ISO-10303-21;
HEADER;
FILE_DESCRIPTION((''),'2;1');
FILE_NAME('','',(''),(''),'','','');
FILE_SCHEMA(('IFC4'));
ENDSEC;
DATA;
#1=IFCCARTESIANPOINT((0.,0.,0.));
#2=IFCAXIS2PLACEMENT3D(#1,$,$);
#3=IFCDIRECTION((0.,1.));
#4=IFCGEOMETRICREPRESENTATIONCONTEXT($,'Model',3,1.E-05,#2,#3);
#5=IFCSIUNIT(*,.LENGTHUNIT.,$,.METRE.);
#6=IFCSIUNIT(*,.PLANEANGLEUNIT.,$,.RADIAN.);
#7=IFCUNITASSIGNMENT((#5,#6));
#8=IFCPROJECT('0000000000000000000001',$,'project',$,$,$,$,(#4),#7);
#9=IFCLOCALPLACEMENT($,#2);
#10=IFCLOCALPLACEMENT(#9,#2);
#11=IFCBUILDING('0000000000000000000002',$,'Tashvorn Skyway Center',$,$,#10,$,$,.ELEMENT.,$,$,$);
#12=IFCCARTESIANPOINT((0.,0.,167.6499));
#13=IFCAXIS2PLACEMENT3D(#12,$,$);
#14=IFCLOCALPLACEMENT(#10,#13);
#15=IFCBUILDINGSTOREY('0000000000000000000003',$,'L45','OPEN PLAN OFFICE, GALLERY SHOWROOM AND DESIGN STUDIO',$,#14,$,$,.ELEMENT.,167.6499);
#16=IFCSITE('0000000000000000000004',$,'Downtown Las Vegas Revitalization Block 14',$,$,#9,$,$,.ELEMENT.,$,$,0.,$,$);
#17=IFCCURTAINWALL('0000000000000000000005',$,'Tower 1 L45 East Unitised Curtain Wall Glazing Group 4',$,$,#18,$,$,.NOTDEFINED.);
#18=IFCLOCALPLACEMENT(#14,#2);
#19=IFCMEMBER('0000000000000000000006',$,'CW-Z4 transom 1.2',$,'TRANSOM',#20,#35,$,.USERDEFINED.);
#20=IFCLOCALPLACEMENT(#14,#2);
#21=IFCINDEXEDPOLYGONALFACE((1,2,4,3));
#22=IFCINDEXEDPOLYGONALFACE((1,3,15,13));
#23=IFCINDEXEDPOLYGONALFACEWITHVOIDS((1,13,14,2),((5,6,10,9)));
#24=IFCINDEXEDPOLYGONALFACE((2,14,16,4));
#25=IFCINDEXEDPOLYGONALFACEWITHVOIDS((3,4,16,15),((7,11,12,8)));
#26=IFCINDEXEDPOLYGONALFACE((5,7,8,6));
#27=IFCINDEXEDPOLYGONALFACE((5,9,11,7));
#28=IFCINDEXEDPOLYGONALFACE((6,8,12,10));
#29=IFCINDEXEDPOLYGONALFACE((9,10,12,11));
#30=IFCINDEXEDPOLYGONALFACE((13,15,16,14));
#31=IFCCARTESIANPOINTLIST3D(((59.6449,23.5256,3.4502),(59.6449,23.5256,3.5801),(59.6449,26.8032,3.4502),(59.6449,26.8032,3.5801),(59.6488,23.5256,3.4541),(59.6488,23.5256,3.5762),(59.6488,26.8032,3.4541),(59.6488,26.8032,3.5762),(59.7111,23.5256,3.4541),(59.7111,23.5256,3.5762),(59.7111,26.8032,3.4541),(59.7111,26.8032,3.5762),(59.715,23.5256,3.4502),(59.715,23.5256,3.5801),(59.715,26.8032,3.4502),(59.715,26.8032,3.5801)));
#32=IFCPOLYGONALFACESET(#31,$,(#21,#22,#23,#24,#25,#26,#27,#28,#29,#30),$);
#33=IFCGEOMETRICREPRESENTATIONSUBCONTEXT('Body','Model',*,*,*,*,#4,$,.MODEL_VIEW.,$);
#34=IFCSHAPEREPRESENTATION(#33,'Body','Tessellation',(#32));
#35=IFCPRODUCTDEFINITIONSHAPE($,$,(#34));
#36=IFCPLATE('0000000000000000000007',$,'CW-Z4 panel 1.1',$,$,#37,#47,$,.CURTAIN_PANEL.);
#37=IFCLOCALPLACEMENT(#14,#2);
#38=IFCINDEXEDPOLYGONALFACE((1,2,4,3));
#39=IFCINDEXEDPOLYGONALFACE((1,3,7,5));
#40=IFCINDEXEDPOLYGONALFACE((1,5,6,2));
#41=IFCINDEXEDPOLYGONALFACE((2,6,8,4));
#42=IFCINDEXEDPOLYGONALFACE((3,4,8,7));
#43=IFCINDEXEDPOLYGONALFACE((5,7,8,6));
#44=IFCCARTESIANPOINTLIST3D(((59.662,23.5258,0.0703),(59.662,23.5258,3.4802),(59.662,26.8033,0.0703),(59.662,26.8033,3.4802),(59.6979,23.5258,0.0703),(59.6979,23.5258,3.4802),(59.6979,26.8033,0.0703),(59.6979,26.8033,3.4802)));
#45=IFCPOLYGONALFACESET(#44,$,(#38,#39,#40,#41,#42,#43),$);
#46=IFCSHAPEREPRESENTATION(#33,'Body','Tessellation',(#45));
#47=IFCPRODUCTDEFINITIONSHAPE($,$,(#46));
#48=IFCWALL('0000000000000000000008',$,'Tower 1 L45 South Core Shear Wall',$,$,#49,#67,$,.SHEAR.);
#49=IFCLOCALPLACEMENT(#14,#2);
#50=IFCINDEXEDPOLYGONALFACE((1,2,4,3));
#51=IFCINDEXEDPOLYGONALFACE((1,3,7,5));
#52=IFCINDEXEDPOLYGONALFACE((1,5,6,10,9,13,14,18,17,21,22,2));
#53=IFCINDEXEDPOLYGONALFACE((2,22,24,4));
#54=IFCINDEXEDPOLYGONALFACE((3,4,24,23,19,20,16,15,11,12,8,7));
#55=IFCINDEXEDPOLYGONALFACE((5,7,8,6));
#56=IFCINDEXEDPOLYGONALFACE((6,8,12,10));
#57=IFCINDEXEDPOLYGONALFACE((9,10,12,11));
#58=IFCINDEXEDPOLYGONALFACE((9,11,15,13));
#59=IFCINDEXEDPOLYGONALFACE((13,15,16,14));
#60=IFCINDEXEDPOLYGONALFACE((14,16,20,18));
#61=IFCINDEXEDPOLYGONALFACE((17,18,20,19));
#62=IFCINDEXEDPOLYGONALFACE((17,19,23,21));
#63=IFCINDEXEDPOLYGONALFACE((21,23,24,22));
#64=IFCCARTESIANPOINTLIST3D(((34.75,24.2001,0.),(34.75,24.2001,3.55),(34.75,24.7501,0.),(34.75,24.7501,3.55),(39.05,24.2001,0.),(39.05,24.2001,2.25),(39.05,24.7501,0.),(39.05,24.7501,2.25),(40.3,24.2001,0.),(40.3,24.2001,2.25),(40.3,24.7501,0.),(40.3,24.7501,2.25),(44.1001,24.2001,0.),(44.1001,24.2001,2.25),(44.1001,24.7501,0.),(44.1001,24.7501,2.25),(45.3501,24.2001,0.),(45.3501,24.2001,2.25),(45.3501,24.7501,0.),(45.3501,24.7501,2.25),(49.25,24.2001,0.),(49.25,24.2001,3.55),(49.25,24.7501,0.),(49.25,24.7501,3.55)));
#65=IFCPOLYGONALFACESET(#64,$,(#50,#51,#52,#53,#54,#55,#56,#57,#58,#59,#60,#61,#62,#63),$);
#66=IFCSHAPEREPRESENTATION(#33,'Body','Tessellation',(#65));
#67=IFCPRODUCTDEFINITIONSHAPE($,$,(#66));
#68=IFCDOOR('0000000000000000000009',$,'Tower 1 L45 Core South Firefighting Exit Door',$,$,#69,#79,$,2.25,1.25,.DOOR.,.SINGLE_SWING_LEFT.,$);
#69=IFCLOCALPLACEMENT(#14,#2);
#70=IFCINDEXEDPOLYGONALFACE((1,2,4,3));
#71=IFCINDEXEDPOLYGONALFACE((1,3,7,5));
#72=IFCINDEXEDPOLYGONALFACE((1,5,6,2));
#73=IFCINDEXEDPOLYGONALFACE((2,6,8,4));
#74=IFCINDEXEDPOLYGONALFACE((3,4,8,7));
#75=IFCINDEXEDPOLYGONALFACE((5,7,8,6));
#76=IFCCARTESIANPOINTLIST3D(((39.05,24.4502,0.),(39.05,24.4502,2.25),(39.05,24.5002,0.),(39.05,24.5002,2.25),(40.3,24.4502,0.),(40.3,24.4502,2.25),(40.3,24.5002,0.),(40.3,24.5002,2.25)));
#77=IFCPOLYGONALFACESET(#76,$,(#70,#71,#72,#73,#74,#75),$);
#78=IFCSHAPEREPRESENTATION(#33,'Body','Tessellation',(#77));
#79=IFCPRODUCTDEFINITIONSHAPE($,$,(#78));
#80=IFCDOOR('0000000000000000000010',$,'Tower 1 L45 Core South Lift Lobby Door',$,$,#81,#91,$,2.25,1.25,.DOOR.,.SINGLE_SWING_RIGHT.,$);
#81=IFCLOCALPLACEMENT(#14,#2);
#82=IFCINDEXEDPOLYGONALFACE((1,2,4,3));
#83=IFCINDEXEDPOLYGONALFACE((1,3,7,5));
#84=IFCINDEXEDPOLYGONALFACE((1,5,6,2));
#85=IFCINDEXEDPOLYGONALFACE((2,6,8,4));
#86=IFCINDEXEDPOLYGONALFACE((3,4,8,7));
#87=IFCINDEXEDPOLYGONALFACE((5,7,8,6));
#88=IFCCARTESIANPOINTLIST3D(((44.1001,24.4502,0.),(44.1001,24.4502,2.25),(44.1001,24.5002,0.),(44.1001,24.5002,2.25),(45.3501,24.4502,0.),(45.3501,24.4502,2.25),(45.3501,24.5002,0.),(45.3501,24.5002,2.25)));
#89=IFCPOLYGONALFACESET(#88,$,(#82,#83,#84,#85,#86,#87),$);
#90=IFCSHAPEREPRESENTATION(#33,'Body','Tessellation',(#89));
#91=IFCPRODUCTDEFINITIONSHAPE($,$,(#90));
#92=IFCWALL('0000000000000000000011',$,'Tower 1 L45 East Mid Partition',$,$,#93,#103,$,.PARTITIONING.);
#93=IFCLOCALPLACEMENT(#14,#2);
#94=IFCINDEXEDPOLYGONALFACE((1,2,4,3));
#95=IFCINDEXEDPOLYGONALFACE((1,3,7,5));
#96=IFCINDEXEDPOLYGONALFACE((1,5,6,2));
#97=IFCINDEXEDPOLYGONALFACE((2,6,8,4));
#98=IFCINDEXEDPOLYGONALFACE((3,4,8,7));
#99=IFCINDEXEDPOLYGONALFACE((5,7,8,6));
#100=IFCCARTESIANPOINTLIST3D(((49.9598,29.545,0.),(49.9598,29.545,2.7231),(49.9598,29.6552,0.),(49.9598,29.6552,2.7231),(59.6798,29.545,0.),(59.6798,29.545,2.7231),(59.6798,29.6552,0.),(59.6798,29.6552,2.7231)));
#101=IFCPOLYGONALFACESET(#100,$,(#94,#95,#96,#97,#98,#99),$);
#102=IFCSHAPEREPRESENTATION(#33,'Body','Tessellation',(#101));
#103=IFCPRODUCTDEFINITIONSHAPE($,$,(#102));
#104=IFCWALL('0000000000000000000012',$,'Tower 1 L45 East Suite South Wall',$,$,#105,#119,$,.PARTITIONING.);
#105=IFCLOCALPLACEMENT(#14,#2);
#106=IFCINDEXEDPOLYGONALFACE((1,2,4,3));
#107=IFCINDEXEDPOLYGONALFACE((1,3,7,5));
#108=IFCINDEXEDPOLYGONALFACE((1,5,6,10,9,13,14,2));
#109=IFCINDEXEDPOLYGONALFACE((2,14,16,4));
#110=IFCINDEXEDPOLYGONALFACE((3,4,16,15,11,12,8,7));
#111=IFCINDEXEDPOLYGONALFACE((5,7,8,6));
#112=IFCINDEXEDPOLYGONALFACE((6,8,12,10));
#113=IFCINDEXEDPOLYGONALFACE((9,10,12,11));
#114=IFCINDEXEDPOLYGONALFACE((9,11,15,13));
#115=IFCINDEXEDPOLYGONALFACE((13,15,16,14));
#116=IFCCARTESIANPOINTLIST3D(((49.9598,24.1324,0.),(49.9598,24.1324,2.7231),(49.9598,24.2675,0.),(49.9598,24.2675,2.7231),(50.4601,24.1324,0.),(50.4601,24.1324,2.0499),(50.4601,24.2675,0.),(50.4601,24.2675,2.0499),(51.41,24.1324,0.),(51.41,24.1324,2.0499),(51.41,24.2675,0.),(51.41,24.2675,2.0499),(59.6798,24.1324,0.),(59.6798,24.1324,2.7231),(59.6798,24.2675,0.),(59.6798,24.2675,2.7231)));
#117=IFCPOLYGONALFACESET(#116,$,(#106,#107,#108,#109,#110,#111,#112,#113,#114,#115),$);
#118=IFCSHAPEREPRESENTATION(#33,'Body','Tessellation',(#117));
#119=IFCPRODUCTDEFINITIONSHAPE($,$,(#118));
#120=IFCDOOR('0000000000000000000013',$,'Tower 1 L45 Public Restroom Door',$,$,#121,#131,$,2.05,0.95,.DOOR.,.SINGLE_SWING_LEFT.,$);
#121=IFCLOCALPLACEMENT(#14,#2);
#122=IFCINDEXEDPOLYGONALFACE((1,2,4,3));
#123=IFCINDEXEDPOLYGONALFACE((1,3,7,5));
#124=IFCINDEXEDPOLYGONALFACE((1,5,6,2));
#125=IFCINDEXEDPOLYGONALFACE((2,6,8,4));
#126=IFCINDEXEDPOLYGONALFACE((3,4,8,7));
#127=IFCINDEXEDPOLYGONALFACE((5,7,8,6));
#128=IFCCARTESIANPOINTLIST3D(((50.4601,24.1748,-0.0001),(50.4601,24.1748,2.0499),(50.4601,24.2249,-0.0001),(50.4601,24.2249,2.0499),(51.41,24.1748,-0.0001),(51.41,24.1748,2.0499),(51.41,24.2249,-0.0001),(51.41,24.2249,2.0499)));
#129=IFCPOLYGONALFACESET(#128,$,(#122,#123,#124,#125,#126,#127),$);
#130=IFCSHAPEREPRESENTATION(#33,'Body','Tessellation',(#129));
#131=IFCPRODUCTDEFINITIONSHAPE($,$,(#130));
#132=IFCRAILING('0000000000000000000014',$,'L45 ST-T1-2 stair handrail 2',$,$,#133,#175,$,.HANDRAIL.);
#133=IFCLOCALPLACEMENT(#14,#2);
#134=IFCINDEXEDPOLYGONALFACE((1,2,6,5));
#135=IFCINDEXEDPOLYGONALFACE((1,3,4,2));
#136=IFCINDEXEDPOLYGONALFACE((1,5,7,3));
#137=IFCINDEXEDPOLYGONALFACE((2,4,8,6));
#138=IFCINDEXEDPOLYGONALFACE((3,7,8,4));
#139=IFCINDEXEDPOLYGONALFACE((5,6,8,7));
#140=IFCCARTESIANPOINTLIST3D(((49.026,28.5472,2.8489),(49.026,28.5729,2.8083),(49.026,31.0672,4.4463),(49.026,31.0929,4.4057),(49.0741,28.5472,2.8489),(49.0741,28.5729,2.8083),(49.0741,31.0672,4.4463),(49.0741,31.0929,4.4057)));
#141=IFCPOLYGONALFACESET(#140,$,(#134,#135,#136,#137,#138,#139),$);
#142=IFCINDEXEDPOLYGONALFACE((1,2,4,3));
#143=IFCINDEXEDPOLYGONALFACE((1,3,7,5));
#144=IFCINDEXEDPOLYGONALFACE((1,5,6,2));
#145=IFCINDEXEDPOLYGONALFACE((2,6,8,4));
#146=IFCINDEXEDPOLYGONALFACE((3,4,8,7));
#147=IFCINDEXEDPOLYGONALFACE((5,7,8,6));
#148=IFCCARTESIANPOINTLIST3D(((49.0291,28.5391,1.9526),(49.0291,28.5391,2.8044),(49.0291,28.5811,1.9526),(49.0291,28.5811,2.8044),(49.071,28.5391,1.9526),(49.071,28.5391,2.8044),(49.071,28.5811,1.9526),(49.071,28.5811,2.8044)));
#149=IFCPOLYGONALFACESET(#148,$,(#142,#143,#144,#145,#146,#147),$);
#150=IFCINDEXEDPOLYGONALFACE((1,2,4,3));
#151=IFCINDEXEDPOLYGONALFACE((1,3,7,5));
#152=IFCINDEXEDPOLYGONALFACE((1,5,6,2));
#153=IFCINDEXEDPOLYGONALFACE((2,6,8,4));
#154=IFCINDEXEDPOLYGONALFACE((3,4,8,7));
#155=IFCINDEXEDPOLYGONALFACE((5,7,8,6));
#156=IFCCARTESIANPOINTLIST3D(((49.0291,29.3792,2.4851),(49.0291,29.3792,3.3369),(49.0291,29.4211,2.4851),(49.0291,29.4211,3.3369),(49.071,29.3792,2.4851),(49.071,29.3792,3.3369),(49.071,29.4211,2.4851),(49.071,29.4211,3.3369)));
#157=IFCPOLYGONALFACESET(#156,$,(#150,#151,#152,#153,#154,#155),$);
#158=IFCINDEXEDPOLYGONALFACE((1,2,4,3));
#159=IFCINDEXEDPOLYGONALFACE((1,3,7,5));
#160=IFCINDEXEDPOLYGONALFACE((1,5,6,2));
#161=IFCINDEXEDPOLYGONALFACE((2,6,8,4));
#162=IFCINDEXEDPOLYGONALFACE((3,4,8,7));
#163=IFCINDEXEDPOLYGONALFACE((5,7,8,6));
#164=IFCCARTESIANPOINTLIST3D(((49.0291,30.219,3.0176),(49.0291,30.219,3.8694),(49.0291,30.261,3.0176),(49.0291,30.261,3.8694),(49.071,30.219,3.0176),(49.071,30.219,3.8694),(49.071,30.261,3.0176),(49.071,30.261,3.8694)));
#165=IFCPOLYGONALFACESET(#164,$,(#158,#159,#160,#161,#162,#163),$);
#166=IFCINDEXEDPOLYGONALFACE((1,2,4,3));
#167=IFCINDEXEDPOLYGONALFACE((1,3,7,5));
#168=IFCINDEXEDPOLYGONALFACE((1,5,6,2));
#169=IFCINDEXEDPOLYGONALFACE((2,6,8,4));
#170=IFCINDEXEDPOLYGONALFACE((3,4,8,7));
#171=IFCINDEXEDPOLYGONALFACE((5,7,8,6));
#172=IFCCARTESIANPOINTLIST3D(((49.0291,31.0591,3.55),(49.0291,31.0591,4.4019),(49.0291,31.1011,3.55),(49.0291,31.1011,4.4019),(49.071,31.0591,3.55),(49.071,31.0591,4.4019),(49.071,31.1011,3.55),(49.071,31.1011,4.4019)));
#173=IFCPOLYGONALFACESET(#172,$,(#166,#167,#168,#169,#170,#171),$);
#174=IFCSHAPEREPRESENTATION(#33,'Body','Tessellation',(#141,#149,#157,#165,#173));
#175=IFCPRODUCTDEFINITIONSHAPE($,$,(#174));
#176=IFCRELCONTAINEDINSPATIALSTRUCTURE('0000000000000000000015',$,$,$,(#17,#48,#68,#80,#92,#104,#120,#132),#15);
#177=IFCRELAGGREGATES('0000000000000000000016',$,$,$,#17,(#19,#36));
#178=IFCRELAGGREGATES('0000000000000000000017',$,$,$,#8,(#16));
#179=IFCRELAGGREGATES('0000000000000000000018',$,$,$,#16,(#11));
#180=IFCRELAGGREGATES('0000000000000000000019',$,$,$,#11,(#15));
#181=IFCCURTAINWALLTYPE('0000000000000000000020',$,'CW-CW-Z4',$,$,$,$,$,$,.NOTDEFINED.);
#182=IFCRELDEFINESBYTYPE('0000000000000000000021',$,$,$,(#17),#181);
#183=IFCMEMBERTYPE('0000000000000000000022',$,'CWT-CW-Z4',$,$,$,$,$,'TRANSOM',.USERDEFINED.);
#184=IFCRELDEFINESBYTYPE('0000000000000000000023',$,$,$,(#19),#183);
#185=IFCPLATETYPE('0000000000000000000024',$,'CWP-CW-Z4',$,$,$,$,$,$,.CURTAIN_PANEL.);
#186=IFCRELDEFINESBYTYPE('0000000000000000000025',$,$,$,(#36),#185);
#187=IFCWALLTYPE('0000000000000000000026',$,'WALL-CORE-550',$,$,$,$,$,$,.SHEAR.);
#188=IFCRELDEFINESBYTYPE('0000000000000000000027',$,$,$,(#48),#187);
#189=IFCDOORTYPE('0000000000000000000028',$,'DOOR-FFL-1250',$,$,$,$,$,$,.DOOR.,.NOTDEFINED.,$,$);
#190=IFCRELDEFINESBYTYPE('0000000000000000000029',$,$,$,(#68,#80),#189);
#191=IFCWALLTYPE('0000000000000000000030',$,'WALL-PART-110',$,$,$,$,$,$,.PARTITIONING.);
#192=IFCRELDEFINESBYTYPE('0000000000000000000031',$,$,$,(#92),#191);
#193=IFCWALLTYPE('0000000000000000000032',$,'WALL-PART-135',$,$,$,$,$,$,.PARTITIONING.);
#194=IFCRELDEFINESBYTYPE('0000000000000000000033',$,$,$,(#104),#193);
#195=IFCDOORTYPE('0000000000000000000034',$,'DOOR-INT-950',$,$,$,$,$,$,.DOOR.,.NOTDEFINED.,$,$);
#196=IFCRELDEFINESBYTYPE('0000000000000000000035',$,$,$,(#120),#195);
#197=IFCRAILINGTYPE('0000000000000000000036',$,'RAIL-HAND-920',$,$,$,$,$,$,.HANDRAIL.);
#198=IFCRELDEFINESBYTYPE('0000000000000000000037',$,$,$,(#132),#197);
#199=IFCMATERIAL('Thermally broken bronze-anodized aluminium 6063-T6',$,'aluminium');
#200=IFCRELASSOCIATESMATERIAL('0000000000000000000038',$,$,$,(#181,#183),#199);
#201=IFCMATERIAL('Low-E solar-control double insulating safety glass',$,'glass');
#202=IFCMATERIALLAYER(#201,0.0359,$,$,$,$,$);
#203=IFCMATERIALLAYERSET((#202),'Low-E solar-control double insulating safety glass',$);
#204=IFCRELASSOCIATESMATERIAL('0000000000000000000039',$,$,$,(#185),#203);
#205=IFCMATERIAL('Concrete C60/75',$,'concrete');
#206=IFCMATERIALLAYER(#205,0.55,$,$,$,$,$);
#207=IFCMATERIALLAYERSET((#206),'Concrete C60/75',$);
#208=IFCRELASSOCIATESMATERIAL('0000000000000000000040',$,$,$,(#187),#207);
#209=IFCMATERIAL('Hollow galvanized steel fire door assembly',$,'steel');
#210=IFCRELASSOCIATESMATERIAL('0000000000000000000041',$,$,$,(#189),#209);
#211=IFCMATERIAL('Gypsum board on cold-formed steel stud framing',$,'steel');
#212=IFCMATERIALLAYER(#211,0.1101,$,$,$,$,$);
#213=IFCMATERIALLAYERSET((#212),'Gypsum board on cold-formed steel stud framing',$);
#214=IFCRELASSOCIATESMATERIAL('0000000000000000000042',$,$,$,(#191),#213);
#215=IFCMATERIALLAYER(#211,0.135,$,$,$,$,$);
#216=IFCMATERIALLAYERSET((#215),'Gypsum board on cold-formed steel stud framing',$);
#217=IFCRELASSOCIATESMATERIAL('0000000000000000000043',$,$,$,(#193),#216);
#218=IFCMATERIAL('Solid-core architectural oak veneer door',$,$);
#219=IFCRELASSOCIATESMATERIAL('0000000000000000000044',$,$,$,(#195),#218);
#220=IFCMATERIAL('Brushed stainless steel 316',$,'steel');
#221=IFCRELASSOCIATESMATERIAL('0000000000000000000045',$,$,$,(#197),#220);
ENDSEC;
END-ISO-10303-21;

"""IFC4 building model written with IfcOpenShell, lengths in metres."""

from ifc_helpers import new_model, si_unit, direction, frame, frame_2d, origin, origin_2d, place, context, subcontext, project, spatial, rectangle, hollow_rectangle, extrude, material, layer, layer_set, material_profile, profile_set, type_object, element, fill, aggregate, save


model = new_model("IFC4")

# Units and contexts
model_context = context("Model", 3, precision=1e-05, world=origin(), true_north=direction((0.0, 1.0)))
body_context = subcontext(model_context, "Body", "Model", "MODEL_VIEW")
ifc_project = project(units=[si_unit("LENGTHUNIT", "METRE"), si_unit("PLANEANGLEUNIT", "RADIAN")], contexts=[model_context])

# Site, building, storey
site_placement = place(None, origin())
site = spatial("IfcSite", under=ifc_project, at=site_placement, Name="Downtown Las Vegas Revitalization Block 14", CompositionType="ELEMENT", RefElevation=0.0)
building_placement = place(site_placement, origin())
building = spatial("IfcBuilding", under=site, at=building_placement, Name="Tashvorn Skyway Center", CompositionType="ELEMENT")
storey_placement = place(building_placement, frame((0.0, 0.0, 167.6499)))
storey = spatial("IfcBuildingStorey", under=building, at=storey_placement, Name="L45", Description="OPEN PLAN OFFICE, GALLERY SHOWROOM AND DESIGN STUDIO", CompositionType="ELEMENT", Elevation=167.6499)

# Shared definitions
ifc_material_1 = material(Name="Thermally broken bronze-anodized aluminium 6063-T6", Category="aluminium")
curtain_wall_type = type_object("IfcCurtainWallType", Name="CW-CW-Z4", PredefinedType="NOTDEFINED", material=ifc_material_1)

# Curtain wall, member, plate
curtain_wall_1_placement = place(storey_placement, origin())
curtain_wall_1 = element("IfcCurtainWall", 1, at=curtain_wall_1_placement, inside=storey, type_object=curtain_wall_type, Name="Tower 1 L45 East Unitised Curtain Wall Glazing Group 4", PredefinedType="NOTDEFINED")
ifc_material_profile_1 = material_profile(ifc_material_1, hollow_rectangle(XDim=0.0701, YDim=0.1299, WallThickness=0.0039, at=origin_2d()), Name="ALU-TRAN-70x130")
ifc_profile_set_1 = profile_set([ifc_material_profile_1], Name="Thermally broken bronze-anodized aluminium 6063-T6")
member_type_1 = type_object("IfcMemberType", Name="CWT-CW-Z4", ElementType="TRANSOM", PredefinedType="USERDEFINED", material=ifc_profile_set_1)
member_1_placement = place(storey_placement, frame((59.6799, 26.8032, 3.5151), z_axis=(0.0, -1.0, 0.0), x_axis=(1.0, 0.0, 0.0)))
member_1 = element("IfcMember", 2, at=member_1_placement, type_object=member_type_1, Name="CW-Z4 transom 1.2", ObjectType="TRANSOM", PredefinedType="USERDEFINED", context=body_context, shape_type="SweptSolid", body=[
    extrude(hollow_rectangle(XDim=0.0701, YDim=0.1299, WallThickness=0.0039, at=origin_2d()), origin(), (0.0, 0.0, 1.0), 3.2776),
])
ifc_material_2 = material(Name="Low-E solar-control double insulating safety glass", Category="glass")
ifc_layer_1 = layer(ifc_material_2, 0.0359)
ifc_layer_set_1 = layer_set([ifc_layer_1], Name="Low-E solar-control double insulating safety glass")
plate_type = type_object("IfcPlateType", Name="CWP-CW-Z4", PredefinedType="CURTAIN_PANEL", material=ifc_layer_set_1)
plate_placement = place(storey_placement, frame((59.6799, 25.1646, 0.0703), z_axis=(0.0, 0.0, 1.0), x_axis=(0.0, -1.0, 0.0)))
plate = element("IfcPlate", 3, at=plate_placement, type_object=plate_type, Name="CW-Z4 panel 1.1", PredefinedType="CURTAIN_PANEL", context=body_context, shape_type="SweptSolid", body=[
    extrude(rectangle(XDim=3.2776, YDim=0.0359, at=origin_2d()), origin(), (0.0, 0.0, 1.0), 3.4099),
])
aggregate(curtain_wall_1, [member_1, plate])

# Wall, openings, doors
ifc_material_3 = material(Name="Concrete C60/75", Category="concrete")
ifc_layer_2 = layer(ifc_material_3, 0.55)
ifc_layer_set_2 = layer_set([ifc_layer_2], Name="Concrete C60/75")
wall_type_1 = type_object("IfcWallType", Name="WALL-CORE-550", PredefinedType="SHEAR", material=ifc_layer_set_2)
wall_1_placement = place(storey_placement, frame((49.25, 24.4751, 0.0), z_axis=(0.0, 0.0, 1.0), x_axis=(-1.0, 0.0, 0.0)))
wall_1 = element("IfcWall", 4, at=wall_1_placement, inside=storey, type_object=wall_type_1, Name="Tower 1 L45 South Core Shear Wall", PredefinedType="SHEAR", context=body_context, shape_type="SweptSolid", body=[
    extrude(rectangle(XDim=14.5, YDim=0.55, at=frame_2d((7.25, 0.0))), origin(), (0.0, 0.0, 1.0), 3.55),
])
opening_1_placement = place(wall_1_placement, frame((8.95, 0.0, 0.0)))
opening_1 = element("IfcOpeningElement", 5, at=opening_1_placement, cuts=wall_1, PredefinedType="OPENING", context=body_context, shape_type="SweptSolid", body=[
    extrude(rectangle(XDim=1.25, YDim=2.25, at=frame_2d((0.625, 1.125))), frame((0.0, 0.2849, 0.0), z_axis=(0.0, -1.0, 0.0), x_axis=(1.0, 0.0, 0.0)), (0.0, 0.0, 1.0), 0.5701),
])
opening_2_placement = place(wall_1_placement, frame((3.8999, 0.0, 0.0)))
opening_2 = element("IfcOpeningElement", 6, at=opening_2_placement, cuts=wall_1, PredefinedType="OPENING", context=body_context, shape_type="SweptSolid", body=[
    extrude(rectangle(XDim=1.25, YDim=2.25, at=frame_2d((0.625, 1.125))), frame((0.0, 0.2849, 0.0), z_axis=(0.0, -1.0, 0.0), x_axis=(1.0, 0.0, 0.0)), (0.0, 0.0, 1.0), 0.5701),
])
ifc_material_4 = material(Name="Hollow galvanized steel fire door assembly", Category="steel")
door_type_1 = type_object("IfcDoorType", Name="DOOR-FFL-1250", OperationType="NOTDEFINED", PredefinedType="DOOR", material=ifc_material_4)
door_1_placement = place(opening_1_placement, origin())
door_1 = element("IfcDoor", 7, at=door_1_placement, inside=storey, type_object=door_type_1, Name="Tower 1 L45 Core South Firefighting Exit Door", OperationType="SINGLE_SWING_LEFT", OverallHeight=2.25, OverallWidth=1.25, PredefinedType="DOOR", context=body_context, shape_type="SweptSolid", body=[
    extrude(rectangle(XDim=1.25, YDim=2.25, at=frame_2d((0.625, 1.125))), frame((0.0, 0.0249, 0.0), z_axis=(0.0, -1.0, 0.0), x_axis=(1.0, 0.0, 0.0)), (0.0, 0.0, 1.0), 0.05),
])
fill(opening_1, door_1)
door_2_placement = place(opening_2_placement, origin())
door_2 = element("IfcDoor", 8, at=door_2_placement, inside=storey, type_object=door_type_1, Name="Tower 1 L45 Core South Lift Lobby Door", OperationType="SINGLE_SWING_RIGHT", OverallHeight=2.25, OverallWidth=1.25, PredefinedType="DOOR", context=body_context, shape_type="SweptSolid", body=[
    extrude(rectangle(XDim=1.25, YDim=2.25, at=frame_2d((0.625, 1.125))), frame((0.0, 0.0249, 0.0), z_axis=(0.0, -1.0, 0.0), x_axis=(1.0, 0.0, 0.0)), (0.0, 0.0, 1.0), 0.05),
])
fill(opening_2, door_2)

# Wall
ifc_material_5 = material(Name="Gypsum board on cold-formed steel stud framing", Category="steel")
ifc_layer_3 = layer(ifc_material_5, 0.1101)
ifc_layer_set_3 = layer_set([ifc_layer_3], Name="Gypsum board on cold-formed steel stud framing")
wall_type_2 = type_object("IfcWallType", Name="WALL-PART-110", PredefinedType="PARTITIONING", material=ifc_layer_set_3)
wall_2_placement = place(storey_placement, frame((49.96, 29.6001, 0.0), z_axis=(0.0, 0.0, 1.0), x_axis=(1.0, 0.0, 0.0)))
element("IfcWall", 9, at=wall_2_placement, inside=storey, type_object=wall_type_2, Name="Tower 1 L45 East Mid Partition", PredefinedType="PARTITIONING", context=body_context, shape_type="SweptSolid", body=[
    extrude(rectangle(XDim=9.72, YDim=0.1101, at=frame_2d((4.8599, 0.0))), origin(), (0.0, 0.0, 1.0), 2.7231),
])

# Wall, opening, door
ifc_layer_4 = layer(ifc_material_5, 0.135)
ifc_layer_set_4 = layer_set([ifc_layer_4], Name="Gypsum board on cold-formed steel stud framing")
wall_type_3 = type_object("IfcWallType", Name="WALL-PART-135", PredefinedType="PARTITIONING", material=ifc_layer_set_4)
wall_3_placement = place(storey_placement, frame((49.96, 24.2, 0.0), z_axis=(0.0, 0.0, 1.0), x_axis=(1.0, 0.0, 0.0)))
wall_3 = element("IfcWall", 10, at=wall_3_placement, inside=storey, type_object=wall_type_3, Name="Tower 1 L45 East Suite South Wall", PredefinedType="PARTITIONING", context=body_context, shape_type="SweptSolid", body=[
    extrude(rectangle(XDim=9.72, YDim=0.135, at=frame_2d((4.8599, 0.0))), origin(), (0.0, 0.0, 1.0), 2.7231),
])
opening_3_placement = place(wall_3_placement, frame((0.5, 0.0, 0.0)))
opening_3 = element("IfcOpeningElement", 11, at=opening_3_placement, cuts=wall_3, PredefinedType="OPENING", context=body_context, shape_type="SweptSolid", body=[
    extrude(rectangle(XDim=0.95, YDim=2.05, at=frame_2d((0.4751, 1.0249))), frame((0.0, 0.0774, 0.0), z_axis=(0.0, -1.0, 0.0), x_axis=(1.0, 0.0, 0.0)), (0.0, 0.0, 1.0), 0.155),
])
ifc_material_6 = material(Name="Solid-core architectural oak veneer door")
door_type_2 = type_object("IfcDoorType", Name="DOOR-INT-950", OperationType="NOTDEFINED", PredefinedType="DOOR", material=ifc_material_6)
door_3_placement = place(opening_3_placement, origin())
door_3 = element("IfcDoor", 12, at=door_3_placement, inside=storey, type_object=door_type_2, Name="Tower 1 L45 Public Restroom Door", OperationType="SINGLE_SWING_LEFT", OverallHeight=2.05, OverallWidth=0.95, PredefinedType="DOOR", context=body_context, shape_type="SweptSolid", body=[
    extrude(rectangle(XDim=0.95, YDim=2.05, at=frame_2d((0.4751, 1.0249))), frame((0.0, 0.0249, 0.0), z_axis=(0.0, -1.0, 0.0), x_axis=(1.0, 0.0, 0.0)), (0.0, 0.0, 1.0), 0.05),
])
fill(opening_3, door_3)

# Railing
ifc_material_7 = material(Name="Brushed stainless steel 316", Category="steel")
railing_type_1 = type_object("IfcRailingType", Name="RAIL-HAND-920", PredefinedType="HANDRAIL", material=ifc_material_7)
railing_1_placement = place(storey_placement, frame((49.05, 28.5601, 1.9526)))
element("IfcRailing", 13, at=railing_1_placement, inside=storey, type_object=railing_type_1, Name="L45 ST-T1-2 stair handrail 2", PredefinedType="HANDRAIL", context=body_context, shape_type="SweptSolid", body=[
    extrude(rectangle(XDim=0.0481, YDim=0.0481, at=origin_2d()), frame((0.0, 0.0, 0.876), z_axis=(0.0, 0.844607, 0.535387), x_axis=(-1.0, 0.0, 0.0)), (0.0, 0.0, 1.0), 2.9836),
    extrude(rectangle(XDim=0.042, YDim=0.042, at=origin_2d()), origin(), (0.0, 0.0, 1.0), 0.8518),
    extrude(rectangle(XDim=0.042, YDim=0.042, at=origin_2d()), frame((0.0, 0.8401, 0.5325)), (0.0, 0.0, 1.0), 0.8518),
    extrude(rectangle(XDim=0.042, YDim=0.042, at=origin_2d()), frame((0.0, 1.6799, 1.0649)), (0.0, 0.0, 1.0), 0.8518),
    extrude(rectangle(XDim=0.042, YDim=0.042, at=origin_2d()), frame((0.0, 2.52, 1.5974)), (0.0, 0.0, 1.0), 0.8518),
])

save(model, "model.ifc")
